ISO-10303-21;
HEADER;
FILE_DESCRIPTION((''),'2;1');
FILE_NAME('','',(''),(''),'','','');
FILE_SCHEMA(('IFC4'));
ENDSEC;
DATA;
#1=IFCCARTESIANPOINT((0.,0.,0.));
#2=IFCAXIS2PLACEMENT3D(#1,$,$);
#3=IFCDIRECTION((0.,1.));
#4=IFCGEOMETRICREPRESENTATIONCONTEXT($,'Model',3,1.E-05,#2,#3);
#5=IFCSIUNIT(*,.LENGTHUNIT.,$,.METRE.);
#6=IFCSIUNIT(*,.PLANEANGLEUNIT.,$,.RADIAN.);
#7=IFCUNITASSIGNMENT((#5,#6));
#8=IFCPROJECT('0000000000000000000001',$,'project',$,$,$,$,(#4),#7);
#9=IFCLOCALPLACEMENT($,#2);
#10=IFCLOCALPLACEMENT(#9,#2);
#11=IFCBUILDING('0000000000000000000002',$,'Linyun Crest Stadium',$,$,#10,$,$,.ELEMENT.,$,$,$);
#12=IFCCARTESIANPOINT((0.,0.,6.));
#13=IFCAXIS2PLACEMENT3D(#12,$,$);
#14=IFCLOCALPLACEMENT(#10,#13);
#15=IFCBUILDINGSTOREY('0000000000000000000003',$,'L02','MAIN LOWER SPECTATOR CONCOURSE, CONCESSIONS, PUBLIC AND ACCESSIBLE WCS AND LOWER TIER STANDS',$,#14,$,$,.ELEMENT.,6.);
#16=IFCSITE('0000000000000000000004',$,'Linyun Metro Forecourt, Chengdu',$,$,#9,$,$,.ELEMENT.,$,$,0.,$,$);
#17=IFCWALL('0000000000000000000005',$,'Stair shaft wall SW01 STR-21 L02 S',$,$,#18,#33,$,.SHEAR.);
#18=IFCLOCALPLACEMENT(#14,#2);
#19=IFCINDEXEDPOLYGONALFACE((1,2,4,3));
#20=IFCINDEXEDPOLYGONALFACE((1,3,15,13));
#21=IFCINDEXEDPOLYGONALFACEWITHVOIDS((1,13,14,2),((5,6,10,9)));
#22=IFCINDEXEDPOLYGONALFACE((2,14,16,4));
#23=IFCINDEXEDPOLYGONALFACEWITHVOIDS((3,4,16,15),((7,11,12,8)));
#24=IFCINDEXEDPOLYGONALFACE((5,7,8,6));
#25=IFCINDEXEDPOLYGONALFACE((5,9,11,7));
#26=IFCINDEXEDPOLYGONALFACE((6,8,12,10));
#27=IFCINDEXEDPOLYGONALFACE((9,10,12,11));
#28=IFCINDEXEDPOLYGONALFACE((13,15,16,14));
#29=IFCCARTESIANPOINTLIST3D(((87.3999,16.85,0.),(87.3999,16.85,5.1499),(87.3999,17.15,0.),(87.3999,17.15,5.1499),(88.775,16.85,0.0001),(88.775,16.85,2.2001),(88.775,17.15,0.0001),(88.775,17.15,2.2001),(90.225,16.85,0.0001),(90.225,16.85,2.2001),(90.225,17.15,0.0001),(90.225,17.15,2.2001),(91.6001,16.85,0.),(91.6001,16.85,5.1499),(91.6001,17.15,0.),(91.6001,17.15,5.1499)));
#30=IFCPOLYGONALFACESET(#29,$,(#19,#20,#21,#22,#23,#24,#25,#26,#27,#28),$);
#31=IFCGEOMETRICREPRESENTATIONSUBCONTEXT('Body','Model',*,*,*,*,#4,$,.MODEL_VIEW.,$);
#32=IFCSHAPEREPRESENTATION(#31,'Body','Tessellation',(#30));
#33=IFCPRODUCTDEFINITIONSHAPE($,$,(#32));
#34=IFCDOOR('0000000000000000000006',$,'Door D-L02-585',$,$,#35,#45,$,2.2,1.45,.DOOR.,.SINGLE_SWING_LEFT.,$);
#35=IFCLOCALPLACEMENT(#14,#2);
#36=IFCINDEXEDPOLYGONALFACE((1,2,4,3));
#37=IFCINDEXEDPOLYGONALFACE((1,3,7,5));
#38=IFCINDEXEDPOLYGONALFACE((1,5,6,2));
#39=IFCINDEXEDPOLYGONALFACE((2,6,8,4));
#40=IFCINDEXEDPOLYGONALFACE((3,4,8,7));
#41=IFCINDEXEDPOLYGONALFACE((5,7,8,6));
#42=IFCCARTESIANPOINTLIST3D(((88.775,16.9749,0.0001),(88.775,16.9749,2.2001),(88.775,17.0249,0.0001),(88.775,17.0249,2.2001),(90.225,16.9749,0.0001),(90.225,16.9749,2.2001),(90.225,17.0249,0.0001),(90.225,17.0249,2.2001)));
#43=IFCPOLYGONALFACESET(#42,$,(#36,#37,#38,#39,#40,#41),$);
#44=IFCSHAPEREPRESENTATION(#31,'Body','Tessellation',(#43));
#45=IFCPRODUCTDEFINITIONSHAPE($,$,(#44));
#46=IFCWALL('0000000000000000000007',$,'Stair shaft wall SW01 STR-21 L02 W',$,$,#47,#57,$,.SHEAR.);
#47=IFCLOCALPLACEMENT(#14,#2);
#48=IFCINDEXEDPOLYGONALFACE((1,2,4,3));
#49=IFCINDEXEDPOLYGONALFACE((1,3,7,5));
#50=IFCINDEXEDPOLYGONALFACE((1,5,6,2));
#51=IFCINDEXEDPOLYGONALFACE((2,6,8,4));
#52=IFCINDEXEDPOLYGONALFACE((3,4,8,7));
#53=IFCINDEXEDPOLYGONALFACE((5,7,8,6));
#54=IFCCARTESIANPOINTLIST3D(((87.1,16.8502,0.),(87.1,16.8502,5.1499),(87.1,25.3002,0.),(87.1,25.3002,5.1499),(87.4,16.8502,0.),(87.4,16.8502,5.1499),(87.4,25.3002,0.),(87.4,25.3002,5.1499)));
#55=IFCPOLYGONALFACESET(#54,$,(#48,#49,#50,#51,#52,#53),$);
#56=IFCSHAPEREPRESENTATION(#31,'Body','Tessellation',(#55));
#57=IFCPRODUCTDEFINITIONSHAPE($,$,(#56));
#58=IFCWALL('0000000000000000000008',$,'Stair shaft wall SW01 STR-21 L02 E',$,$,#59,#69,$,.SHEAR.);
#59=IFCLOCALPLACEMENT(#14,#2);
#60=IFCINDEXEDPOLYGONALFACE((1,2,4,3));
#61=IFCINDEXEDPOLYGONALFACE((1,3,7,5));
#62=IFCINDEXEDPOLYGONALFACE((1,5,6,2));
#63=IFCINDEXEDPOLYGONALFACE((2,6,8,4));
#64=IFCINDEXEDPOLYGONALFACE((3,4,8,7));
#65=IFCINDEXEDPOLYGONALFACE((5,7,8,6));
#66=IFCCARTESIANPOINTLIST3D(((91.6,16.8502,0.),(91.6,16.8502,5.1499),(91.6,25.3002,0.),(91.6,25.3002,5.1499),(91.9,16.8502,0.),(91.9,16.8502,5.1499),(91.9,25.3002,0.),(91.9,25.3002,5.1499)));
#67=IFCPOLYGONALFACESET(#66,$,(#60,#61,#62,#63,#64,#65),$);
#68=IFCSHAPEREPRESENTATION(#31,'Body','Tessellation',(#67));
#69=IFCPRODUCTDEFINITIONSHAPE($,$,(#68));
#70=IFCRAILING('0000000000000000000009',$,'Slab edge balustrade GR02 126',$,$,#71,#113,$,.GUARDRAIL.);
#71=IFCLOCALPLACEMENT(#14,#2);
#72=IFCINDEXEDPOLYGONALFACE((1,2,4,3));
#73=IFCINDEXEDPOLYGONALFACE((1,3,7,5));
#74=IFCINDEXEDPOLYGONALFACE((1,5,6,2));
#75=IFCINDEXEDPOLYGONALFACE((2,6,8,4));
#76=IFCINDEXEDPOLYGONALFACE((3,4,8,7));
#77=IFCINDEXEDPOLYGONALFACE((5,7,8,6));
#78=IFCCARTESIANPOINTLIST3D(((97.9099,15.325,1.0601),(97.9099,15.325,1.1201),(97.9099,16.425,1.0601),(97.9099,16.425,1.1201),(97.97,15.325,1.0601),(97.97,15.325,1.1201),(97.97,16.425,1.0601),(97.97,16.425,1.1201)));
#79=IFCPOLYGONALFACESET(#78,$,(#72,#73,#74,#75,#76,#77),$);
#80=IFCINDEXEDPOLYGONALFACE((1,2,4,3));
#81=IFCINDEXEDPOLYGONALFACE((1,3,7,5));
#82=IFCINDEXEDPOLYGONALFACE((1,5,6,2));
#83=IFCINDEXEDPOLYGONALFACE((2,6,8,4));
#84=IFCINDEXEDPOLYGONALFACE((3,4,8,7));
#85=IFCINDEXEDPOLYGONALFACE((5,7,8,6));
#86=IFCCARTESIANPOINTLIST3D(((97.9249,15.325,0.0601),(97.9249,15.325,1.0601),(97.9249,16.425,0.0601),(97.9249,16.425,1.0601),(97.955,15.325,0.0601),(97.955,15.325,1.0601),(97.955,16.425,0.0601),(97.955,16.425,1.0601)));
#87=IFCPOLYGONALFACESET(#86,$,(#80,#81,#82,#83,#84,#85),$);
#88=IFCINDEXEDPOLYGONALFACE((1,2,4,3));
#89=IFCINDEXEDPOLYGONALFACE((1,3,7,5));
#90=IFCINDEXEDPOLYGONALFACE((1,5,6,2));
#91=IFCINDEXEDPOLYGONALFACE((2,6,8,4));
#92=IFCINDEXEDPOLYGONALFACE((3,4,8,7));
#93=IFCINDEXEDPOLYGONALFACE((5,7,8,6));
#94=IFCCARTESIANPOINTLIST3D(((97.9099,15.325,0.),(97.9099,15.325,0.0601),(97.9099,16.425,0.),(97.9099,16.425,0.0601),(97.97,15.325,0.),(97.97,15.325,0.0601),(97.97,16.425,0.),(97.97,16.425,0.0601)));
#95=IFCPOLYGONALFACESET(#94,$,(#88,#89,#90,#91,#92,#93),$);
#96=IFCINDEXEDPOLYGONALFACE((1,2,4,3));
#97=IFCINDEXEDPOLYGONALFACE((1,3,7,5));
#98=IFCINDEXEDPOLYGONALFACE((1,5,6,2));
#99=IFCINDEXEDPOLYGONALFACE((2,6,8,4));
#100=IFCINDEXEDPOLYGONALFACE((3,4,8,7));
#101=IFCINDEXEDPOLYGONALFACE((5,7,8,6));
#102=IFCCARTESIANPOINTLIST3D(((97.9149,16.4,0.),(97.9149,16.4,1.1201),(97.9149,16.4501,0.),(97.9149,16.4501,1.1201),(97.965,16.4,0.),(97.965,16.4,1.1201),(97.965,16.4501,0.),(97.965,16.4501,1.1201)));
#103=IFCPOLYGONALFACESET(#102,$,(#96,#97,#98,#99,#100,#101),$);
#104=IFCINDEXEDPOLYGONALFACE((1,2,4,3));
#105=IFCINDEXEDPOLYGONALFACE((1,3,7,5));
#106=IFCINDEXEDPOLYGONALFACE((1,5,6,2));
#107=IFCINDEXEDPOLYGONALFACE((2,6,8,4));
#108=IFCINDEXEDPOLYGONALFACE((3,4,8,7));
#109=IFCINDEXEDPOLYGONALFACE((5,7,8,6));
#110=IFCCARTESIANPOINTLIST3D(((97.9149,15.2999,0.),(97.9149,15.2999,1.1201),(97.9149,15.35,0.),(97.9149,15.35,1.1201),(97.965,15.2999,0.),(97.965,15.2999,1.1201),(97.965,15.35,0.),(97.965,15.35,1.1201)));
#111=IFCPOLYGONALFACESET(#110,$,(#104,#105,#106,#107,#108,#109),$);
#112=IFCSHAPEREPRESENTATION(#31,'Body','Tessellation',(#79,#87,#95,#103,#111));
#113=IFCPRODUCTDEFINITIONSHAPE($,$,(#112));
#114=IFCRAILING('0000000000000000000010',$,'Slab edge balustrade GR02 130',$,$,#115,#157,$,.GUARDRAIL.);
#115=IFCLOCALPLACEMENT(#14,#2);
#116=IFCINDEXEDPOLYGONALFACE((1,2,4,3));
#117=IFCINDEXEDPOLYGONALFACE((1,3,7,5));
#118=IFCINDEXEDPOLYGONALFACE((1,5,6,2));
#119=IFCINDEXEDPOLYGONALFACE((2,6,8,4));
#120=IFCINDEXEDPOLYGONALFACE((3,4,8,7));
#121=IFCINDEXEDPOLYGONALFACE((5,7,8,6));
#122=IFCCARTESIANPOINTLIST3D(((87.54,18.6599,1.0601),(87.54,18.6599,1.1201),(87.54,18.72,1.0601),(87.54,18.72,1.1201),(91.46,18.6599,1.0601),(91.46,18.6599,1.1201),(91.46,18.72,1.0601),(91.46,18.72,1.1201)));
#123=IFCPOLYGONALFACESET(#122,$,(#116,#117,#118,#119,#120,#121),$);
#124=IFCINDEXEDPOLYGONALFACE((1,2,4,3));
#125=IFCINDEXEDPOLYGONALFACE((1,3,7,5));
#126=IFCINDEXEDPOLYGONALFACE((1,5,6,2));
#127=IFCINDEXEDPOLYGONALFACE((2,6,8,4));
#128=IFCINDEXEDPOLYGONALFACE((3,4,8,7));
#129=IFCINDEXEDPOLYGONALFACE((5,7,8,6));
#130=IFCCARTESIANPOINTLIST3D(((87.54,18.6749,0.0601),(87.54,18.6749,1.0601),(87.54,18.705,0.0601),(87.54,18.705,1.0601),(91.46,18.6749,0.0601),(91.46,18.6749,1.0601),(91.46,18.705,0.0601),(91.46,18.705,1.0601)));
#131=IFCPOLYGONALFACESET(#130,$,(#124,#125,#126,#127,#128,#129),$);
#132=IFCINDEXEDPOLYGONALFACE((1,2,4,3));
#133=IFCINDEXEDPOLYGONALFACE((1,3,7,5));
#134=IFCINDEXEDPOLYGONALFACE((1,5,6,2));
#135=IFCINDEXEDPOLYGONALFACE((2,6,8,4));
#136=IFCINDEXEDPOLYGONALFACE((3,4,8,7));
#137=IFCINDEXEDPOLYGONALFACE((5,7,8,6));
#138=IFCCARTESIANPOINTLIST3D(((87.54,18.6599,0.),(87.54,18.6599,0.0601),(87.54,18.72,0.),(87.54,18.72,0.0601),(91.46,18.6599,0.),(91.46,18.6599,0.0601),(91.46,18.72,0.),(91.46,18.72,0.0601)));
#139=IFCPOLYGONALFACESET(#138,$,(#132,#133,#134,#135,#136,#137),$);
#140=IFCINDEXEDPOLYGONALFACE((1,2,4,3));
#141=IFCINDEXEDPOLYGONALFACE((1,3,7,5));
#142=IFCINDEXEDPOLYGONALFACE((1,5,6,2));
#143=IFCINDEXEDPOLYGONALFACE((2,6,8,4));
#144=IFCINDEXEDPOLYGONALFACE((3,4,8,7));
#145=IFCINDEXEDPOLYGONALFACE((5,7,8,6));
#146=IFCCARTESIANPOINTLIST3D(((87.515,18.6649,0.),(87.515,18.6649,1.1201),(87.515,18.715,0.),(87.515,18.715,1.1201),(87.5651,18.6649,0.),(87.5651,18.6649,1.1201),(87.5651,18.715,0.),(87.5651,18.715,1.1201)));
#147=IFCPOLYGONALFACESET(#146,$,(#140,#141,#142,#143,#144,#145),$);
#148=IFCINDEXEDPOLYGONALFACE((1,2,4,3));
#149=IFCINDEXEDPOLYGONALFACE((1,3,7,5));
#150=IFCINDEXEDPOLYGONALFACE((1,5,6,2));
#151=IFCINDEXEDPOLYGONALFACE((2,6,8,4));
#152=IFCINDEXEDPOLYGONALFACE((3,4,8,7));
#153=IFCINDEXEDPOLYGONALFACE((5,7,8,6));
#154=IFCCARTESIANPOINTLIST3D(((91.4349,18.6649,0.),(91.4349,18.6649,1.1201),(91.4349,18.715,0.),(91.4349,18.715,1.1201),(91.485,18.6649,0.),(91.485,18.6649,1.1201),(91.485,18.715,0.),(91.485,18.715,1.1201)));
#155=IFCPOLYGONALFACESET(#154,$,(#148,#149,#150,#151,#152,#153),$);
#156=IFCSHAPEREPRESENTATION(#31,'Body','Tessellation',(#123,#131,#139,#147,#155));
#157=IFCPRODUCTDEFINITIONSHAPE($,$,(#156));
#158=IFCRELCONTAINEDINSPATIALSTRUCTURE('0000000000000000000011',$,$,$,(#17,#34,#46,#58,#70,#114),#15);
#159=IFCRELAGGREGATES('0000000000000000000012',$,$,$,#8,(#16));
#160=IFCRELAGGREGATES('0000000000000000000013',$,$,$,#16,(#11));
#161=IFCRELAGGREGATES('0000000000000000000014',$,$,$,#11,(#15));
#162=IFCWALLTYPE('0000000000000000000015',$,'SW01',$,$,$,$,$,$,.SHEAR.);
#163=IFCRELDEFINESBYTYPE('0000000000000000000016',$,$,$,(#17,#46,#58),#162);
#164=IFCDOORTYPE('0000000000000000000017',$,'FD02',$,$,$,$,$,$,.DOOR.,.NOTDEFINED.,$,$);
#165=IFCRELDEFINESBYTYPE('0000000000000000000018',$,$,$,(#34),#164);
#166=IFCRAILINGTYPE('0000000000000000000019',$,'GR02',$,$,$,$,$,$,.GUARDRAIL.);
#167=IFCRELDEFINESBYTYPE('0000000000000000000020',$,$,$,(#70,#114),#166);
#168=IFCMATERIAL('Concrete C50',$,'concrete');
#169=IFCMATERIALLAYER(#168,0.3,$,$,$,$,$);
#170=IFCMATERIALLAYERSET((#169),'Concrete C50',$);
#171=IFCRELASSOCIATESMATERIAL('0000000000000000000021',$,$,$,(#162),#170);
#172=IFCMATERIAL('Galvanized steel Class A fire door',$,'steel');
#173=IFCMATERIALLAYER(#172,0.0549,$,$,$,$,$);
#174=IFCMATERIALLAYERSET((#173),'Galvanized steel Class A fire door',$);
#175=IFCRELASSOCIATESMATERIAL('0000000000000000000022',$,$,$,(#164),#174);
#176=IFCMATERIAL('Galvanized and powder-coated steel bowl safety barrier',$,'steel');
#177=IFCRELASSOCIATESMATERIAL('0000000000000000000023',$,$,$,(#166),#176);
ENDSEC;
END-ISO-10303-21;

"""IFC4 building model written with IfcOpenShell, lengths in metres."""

from ifc_helpers import new_model, si_unit, direction, frame, frame_2d, origin, origin_2d, place, context, subcontext, project, spatial, rectangle, extrude, material, layer, layer_set, type_object, element, fill, save


model = new_model("IFC4")

# Units and contexts
model_context = context("Model", 3, precision=1e-05, world=origin(), true_north=direction((0.0, 1.0)))
body_context = subcontext(model_context, "Body", "Model", "MODEL_VIEW")
ifc_project = project(units=[si_unit("LENGTHUNIT", "METRE"), si_unit("PLANEANGLEUNIT", "RADIAN")], contexts=[model_context])

# Site, building, storey
site_placement = place(None, origin())
site = spatial("IfcSite", under=ifc_project, at=site_placement, Name="Linyun Metro Forecourt, Chengdu", CompositionType="ELEMENT", RefElevation=0.0)
building_placement = place(site_placement, origin())
building = spatial("IfcBuilding", under=site, at=building_placement, Name="Linyun Crest Stadium", CompositionType="ELEMENT")
storey_placement = place(building_placement, frame((0.0, 0.0, 6.0)))
storey = spatial("IfcBuildingStorey", under=building, at=storey_placement, Name="L02", Description="MAIN LOWER SPECTATOR CONCOURSE, CONCESSIONS, PUBLIC AND ACCESSIBLE WCS AND LOWER TIER STANDS", CompositionType="ELEMENT", Elevation=6.0)

# Wall, opening, door
ifc_material_1 = material(Name="Concrete C50", Category="concrete")
ifc_layer_1 = layer(ifc_material_1, 0.3)
ifc_layer_set_1 = layer_set([ifc_layer_1], Name="Concrete C50")
wall_type = type_object("IfcWallType", Name="SW01", PredefinedType="SHEAR", material=ifc_layer_set_1)
wall_placement = place(storey_placement, frame((87.3999, 17.0, 0.0), z_axis=(0.0, 0.0, 1.0), x_axis=(1.0, 0.0, 0.0)))
wall = element("IfcWall", 1, at=wall_placement, inside=storey, type_object=wall_type, Name="Stair shaft wall SW01 STR-21 L02 S", PredefinedType="SHEAR", context=body_context, shape_type="SweptSolid", body=[
    extrude(rectangle(XDim=4.2002, YDim=0.3, at=frame_2d((2.1001, 0.0))), origin(), (0.0, 0.0, 1.0), 5.1499),
])
opening_placement = place(wall_placement, frame((1.375, 0.0, 0.0)))
opening = element("IfcOpeningElement", 2, at=opening_placement, cuts=wall, PredefinedType="OPENING", context=body_context, shape_type="SweptSolid", body=[
    extrude(rectangle(XDim=1.45, YDim=2.2, at=frame_2d((0.7251, 1.1001))), frame((0.0, 0.1599, 0.0), z_axis=(0.0, -1.0, 0.0), x_axis=(1.0, 0.0, 0.0)), (0.0, 0.0, 1.0), 0.3201),
])
ifc_material_2 = material(Name="Galvanized steel Class A fire door", Category="steel")
ifc_layer_2 = layer(ifc_material_2, 0.0549)
ifc_layer_set_2 = layer_set([ifc_layer_2], Name="Galvanized steel Class A fire door")
door_type = type_object("IfcDoorType", Name="FD02", OperationType="NOTDEFINED", PredefinedType="DOOR", material=ifc_layer_set_2)
door_placement = place(opening_placement, origin())
door = element("IfcDoor", 3, at=door_placement, inside=storey, type_object=door_type, Name="Door D-L02-585", OperationType="SINGLE_SWING_LEFT", OverallHeight=2.2, OverallWidth=1.45, PredefinedType="DOOR", context=body_context, shape_type="SweptSolid", body=[
    extrude(rectangle(XDim=1.45, YDim=2.2, at=frame_2d((0.7251, 1.1001))), frame((0.0, 0.0249, 0.0), z_axis=(0.0, -1.0, 0.0), x_axis=(1.0, 0.0, 0.0)), (0.0, 0.0, 1.0), 0.05),
])
fill(opening, door)

# Walls
for number, where, z_axis, x_axis, name in (
    (4, (87.25, 16.8501, 0.0), (0.0, 0.0, 1.0), (0.0, 1.0, 0.0), "Stair shaft wall SW01 STR-21 L02 W"),
    (5, (91.75, 16.8501, 0.0), (0.0, 0.0, 1.0), (0.0, 1.0, 0.0), "Stair shaft wall SW01 STR-21 L02 E"),
):
    element("IfcWall", number, at=place(storey_placement, frame(where, z_axis=z_axis, x_axis=x_axis)), inside=storey, type_object=wall_type, Name=name, PredefinedType="SHEAR", context=body_context, shape_type="SweptSolid", body=[
        extrude(rectangle(XDim=8.45, YDim=0.3, at=frame_2d((4.2251, 0.0))), origin(), (0.0, 0.0, 1.0), 5.1499),
    ])

# Railings
ifc_material_3 = material(Name="Galvanized and powder-coated steel bowl safety barrier", Category="steel")
railing_type_1 = type_object("IfcRailingType", Name="GR02", PredefinedType="GUARDRAIL", material=ifc_material_3)
railing_1_placement = place(storey_placement, frame((97.9399, 16.425, 0.0)))
element("IfcRailing", 6, at=railing_1_placement, inside=storey, type_object=railing_type_1, Name="Slab edge balustrade GR02 126", PredefinedType="GUARDRAIL", context=body_context, shape_type="SweptSolid", body=[
    extrude(rectangle(XDim=0.0601, YDim=0.0601, at=origin_2d()), frame((0.0, 0.0, 1.0901), z_axis=(0.0, -1.0, 0.0), x_axis=(1.0, 0.0, 0.0)), (0.0, 0.0, 1.0), 1.1001),
    extrude(rectangle(XDim=0.03, YDim=1.0, at=origin_2d()), frame((0.0, 0.0, 0.5601), z_axis=(0.0, -1.0, 0.0), x_axis=(1.0, 0.0, 0.0)), (0.0, 0.0, 1.0), 1.1001),
    extrude(rectangle(XDim=0.0601, YDim=0.0601, at=origin_2d()), frame((0.0, 0.0, 0.03), z_axis=(0.0, -1.0, 0.0), x_axis=(1.0, 0.0, 0.0)), (0.0, 0.0, 1.0), 1.1001),
    extrude(rectangle(XDim=0.05, YDim=0.05, at=origin_2d()), origin(), (0.0, 0.0, 1.0), 1.1201),
    extrude(rectangle(XDim=0.05, YDim=0.05, at=origin_2d()), frame((0.0, -1.1001, 0.0)), (0.0, 0.0, 1.0), 1.1201),
])
railing_2_placement = place(storey_placement, frame((87.54, 18.6899, 0.0)))
element("IfcRailing", 7, at=railing_2_placement, inside=storey, type_object=railing_type_1, Name="Slab edge balustrade GR02 130", PredefinedType="GUARDRAIL", context=body_context, shape_type="SweptSolid", body=[
    extrude(rectangle(XDim=0.0601, YDim=0.0601, at=origin_2d()), frame((0.0, 0.0, 1.0901), z_axis=(1.0, 0.0, 0.0), x_axis=(0.0, 1.0, 0.0)), (0.0, 0.0, 1.0), 3.9199),
    extrude(rectangle(XDim=0.03, YDim=1.0, at=origin_2d()), frame((0.0, 0.0, 0.5601), z_axis=(1.0, 0.0, 0.0), x_axis=(0.0, 1.0, 0.0)), (0.0, 0.0, 1.0), 3.9199),
    extrude(rectangle(XDim=0.0601, YDim=0.0601, at=origin_2d()), frame((0.0, 0.0, 0.03), z_axis=(1.0, 0.0, 0.0), x_axis=(0.0, 1.0, 0.0)), (0.0, 0.0, 1.0), 3.9199),
    extrude(rectangle(XDim=0.05, YDim=0.05, at=origin_2d()), origin(), (0.0, 0.0, 1.0), 1.1201),
    extrude(rectangle(XDim=0.05, YDim=0.05, at=origin_2d()), frame((3.9199, 0.0, 0.0)), (0.0, 0.0, 1.0), 1.1201),
])

save(model, "model.ifc")
